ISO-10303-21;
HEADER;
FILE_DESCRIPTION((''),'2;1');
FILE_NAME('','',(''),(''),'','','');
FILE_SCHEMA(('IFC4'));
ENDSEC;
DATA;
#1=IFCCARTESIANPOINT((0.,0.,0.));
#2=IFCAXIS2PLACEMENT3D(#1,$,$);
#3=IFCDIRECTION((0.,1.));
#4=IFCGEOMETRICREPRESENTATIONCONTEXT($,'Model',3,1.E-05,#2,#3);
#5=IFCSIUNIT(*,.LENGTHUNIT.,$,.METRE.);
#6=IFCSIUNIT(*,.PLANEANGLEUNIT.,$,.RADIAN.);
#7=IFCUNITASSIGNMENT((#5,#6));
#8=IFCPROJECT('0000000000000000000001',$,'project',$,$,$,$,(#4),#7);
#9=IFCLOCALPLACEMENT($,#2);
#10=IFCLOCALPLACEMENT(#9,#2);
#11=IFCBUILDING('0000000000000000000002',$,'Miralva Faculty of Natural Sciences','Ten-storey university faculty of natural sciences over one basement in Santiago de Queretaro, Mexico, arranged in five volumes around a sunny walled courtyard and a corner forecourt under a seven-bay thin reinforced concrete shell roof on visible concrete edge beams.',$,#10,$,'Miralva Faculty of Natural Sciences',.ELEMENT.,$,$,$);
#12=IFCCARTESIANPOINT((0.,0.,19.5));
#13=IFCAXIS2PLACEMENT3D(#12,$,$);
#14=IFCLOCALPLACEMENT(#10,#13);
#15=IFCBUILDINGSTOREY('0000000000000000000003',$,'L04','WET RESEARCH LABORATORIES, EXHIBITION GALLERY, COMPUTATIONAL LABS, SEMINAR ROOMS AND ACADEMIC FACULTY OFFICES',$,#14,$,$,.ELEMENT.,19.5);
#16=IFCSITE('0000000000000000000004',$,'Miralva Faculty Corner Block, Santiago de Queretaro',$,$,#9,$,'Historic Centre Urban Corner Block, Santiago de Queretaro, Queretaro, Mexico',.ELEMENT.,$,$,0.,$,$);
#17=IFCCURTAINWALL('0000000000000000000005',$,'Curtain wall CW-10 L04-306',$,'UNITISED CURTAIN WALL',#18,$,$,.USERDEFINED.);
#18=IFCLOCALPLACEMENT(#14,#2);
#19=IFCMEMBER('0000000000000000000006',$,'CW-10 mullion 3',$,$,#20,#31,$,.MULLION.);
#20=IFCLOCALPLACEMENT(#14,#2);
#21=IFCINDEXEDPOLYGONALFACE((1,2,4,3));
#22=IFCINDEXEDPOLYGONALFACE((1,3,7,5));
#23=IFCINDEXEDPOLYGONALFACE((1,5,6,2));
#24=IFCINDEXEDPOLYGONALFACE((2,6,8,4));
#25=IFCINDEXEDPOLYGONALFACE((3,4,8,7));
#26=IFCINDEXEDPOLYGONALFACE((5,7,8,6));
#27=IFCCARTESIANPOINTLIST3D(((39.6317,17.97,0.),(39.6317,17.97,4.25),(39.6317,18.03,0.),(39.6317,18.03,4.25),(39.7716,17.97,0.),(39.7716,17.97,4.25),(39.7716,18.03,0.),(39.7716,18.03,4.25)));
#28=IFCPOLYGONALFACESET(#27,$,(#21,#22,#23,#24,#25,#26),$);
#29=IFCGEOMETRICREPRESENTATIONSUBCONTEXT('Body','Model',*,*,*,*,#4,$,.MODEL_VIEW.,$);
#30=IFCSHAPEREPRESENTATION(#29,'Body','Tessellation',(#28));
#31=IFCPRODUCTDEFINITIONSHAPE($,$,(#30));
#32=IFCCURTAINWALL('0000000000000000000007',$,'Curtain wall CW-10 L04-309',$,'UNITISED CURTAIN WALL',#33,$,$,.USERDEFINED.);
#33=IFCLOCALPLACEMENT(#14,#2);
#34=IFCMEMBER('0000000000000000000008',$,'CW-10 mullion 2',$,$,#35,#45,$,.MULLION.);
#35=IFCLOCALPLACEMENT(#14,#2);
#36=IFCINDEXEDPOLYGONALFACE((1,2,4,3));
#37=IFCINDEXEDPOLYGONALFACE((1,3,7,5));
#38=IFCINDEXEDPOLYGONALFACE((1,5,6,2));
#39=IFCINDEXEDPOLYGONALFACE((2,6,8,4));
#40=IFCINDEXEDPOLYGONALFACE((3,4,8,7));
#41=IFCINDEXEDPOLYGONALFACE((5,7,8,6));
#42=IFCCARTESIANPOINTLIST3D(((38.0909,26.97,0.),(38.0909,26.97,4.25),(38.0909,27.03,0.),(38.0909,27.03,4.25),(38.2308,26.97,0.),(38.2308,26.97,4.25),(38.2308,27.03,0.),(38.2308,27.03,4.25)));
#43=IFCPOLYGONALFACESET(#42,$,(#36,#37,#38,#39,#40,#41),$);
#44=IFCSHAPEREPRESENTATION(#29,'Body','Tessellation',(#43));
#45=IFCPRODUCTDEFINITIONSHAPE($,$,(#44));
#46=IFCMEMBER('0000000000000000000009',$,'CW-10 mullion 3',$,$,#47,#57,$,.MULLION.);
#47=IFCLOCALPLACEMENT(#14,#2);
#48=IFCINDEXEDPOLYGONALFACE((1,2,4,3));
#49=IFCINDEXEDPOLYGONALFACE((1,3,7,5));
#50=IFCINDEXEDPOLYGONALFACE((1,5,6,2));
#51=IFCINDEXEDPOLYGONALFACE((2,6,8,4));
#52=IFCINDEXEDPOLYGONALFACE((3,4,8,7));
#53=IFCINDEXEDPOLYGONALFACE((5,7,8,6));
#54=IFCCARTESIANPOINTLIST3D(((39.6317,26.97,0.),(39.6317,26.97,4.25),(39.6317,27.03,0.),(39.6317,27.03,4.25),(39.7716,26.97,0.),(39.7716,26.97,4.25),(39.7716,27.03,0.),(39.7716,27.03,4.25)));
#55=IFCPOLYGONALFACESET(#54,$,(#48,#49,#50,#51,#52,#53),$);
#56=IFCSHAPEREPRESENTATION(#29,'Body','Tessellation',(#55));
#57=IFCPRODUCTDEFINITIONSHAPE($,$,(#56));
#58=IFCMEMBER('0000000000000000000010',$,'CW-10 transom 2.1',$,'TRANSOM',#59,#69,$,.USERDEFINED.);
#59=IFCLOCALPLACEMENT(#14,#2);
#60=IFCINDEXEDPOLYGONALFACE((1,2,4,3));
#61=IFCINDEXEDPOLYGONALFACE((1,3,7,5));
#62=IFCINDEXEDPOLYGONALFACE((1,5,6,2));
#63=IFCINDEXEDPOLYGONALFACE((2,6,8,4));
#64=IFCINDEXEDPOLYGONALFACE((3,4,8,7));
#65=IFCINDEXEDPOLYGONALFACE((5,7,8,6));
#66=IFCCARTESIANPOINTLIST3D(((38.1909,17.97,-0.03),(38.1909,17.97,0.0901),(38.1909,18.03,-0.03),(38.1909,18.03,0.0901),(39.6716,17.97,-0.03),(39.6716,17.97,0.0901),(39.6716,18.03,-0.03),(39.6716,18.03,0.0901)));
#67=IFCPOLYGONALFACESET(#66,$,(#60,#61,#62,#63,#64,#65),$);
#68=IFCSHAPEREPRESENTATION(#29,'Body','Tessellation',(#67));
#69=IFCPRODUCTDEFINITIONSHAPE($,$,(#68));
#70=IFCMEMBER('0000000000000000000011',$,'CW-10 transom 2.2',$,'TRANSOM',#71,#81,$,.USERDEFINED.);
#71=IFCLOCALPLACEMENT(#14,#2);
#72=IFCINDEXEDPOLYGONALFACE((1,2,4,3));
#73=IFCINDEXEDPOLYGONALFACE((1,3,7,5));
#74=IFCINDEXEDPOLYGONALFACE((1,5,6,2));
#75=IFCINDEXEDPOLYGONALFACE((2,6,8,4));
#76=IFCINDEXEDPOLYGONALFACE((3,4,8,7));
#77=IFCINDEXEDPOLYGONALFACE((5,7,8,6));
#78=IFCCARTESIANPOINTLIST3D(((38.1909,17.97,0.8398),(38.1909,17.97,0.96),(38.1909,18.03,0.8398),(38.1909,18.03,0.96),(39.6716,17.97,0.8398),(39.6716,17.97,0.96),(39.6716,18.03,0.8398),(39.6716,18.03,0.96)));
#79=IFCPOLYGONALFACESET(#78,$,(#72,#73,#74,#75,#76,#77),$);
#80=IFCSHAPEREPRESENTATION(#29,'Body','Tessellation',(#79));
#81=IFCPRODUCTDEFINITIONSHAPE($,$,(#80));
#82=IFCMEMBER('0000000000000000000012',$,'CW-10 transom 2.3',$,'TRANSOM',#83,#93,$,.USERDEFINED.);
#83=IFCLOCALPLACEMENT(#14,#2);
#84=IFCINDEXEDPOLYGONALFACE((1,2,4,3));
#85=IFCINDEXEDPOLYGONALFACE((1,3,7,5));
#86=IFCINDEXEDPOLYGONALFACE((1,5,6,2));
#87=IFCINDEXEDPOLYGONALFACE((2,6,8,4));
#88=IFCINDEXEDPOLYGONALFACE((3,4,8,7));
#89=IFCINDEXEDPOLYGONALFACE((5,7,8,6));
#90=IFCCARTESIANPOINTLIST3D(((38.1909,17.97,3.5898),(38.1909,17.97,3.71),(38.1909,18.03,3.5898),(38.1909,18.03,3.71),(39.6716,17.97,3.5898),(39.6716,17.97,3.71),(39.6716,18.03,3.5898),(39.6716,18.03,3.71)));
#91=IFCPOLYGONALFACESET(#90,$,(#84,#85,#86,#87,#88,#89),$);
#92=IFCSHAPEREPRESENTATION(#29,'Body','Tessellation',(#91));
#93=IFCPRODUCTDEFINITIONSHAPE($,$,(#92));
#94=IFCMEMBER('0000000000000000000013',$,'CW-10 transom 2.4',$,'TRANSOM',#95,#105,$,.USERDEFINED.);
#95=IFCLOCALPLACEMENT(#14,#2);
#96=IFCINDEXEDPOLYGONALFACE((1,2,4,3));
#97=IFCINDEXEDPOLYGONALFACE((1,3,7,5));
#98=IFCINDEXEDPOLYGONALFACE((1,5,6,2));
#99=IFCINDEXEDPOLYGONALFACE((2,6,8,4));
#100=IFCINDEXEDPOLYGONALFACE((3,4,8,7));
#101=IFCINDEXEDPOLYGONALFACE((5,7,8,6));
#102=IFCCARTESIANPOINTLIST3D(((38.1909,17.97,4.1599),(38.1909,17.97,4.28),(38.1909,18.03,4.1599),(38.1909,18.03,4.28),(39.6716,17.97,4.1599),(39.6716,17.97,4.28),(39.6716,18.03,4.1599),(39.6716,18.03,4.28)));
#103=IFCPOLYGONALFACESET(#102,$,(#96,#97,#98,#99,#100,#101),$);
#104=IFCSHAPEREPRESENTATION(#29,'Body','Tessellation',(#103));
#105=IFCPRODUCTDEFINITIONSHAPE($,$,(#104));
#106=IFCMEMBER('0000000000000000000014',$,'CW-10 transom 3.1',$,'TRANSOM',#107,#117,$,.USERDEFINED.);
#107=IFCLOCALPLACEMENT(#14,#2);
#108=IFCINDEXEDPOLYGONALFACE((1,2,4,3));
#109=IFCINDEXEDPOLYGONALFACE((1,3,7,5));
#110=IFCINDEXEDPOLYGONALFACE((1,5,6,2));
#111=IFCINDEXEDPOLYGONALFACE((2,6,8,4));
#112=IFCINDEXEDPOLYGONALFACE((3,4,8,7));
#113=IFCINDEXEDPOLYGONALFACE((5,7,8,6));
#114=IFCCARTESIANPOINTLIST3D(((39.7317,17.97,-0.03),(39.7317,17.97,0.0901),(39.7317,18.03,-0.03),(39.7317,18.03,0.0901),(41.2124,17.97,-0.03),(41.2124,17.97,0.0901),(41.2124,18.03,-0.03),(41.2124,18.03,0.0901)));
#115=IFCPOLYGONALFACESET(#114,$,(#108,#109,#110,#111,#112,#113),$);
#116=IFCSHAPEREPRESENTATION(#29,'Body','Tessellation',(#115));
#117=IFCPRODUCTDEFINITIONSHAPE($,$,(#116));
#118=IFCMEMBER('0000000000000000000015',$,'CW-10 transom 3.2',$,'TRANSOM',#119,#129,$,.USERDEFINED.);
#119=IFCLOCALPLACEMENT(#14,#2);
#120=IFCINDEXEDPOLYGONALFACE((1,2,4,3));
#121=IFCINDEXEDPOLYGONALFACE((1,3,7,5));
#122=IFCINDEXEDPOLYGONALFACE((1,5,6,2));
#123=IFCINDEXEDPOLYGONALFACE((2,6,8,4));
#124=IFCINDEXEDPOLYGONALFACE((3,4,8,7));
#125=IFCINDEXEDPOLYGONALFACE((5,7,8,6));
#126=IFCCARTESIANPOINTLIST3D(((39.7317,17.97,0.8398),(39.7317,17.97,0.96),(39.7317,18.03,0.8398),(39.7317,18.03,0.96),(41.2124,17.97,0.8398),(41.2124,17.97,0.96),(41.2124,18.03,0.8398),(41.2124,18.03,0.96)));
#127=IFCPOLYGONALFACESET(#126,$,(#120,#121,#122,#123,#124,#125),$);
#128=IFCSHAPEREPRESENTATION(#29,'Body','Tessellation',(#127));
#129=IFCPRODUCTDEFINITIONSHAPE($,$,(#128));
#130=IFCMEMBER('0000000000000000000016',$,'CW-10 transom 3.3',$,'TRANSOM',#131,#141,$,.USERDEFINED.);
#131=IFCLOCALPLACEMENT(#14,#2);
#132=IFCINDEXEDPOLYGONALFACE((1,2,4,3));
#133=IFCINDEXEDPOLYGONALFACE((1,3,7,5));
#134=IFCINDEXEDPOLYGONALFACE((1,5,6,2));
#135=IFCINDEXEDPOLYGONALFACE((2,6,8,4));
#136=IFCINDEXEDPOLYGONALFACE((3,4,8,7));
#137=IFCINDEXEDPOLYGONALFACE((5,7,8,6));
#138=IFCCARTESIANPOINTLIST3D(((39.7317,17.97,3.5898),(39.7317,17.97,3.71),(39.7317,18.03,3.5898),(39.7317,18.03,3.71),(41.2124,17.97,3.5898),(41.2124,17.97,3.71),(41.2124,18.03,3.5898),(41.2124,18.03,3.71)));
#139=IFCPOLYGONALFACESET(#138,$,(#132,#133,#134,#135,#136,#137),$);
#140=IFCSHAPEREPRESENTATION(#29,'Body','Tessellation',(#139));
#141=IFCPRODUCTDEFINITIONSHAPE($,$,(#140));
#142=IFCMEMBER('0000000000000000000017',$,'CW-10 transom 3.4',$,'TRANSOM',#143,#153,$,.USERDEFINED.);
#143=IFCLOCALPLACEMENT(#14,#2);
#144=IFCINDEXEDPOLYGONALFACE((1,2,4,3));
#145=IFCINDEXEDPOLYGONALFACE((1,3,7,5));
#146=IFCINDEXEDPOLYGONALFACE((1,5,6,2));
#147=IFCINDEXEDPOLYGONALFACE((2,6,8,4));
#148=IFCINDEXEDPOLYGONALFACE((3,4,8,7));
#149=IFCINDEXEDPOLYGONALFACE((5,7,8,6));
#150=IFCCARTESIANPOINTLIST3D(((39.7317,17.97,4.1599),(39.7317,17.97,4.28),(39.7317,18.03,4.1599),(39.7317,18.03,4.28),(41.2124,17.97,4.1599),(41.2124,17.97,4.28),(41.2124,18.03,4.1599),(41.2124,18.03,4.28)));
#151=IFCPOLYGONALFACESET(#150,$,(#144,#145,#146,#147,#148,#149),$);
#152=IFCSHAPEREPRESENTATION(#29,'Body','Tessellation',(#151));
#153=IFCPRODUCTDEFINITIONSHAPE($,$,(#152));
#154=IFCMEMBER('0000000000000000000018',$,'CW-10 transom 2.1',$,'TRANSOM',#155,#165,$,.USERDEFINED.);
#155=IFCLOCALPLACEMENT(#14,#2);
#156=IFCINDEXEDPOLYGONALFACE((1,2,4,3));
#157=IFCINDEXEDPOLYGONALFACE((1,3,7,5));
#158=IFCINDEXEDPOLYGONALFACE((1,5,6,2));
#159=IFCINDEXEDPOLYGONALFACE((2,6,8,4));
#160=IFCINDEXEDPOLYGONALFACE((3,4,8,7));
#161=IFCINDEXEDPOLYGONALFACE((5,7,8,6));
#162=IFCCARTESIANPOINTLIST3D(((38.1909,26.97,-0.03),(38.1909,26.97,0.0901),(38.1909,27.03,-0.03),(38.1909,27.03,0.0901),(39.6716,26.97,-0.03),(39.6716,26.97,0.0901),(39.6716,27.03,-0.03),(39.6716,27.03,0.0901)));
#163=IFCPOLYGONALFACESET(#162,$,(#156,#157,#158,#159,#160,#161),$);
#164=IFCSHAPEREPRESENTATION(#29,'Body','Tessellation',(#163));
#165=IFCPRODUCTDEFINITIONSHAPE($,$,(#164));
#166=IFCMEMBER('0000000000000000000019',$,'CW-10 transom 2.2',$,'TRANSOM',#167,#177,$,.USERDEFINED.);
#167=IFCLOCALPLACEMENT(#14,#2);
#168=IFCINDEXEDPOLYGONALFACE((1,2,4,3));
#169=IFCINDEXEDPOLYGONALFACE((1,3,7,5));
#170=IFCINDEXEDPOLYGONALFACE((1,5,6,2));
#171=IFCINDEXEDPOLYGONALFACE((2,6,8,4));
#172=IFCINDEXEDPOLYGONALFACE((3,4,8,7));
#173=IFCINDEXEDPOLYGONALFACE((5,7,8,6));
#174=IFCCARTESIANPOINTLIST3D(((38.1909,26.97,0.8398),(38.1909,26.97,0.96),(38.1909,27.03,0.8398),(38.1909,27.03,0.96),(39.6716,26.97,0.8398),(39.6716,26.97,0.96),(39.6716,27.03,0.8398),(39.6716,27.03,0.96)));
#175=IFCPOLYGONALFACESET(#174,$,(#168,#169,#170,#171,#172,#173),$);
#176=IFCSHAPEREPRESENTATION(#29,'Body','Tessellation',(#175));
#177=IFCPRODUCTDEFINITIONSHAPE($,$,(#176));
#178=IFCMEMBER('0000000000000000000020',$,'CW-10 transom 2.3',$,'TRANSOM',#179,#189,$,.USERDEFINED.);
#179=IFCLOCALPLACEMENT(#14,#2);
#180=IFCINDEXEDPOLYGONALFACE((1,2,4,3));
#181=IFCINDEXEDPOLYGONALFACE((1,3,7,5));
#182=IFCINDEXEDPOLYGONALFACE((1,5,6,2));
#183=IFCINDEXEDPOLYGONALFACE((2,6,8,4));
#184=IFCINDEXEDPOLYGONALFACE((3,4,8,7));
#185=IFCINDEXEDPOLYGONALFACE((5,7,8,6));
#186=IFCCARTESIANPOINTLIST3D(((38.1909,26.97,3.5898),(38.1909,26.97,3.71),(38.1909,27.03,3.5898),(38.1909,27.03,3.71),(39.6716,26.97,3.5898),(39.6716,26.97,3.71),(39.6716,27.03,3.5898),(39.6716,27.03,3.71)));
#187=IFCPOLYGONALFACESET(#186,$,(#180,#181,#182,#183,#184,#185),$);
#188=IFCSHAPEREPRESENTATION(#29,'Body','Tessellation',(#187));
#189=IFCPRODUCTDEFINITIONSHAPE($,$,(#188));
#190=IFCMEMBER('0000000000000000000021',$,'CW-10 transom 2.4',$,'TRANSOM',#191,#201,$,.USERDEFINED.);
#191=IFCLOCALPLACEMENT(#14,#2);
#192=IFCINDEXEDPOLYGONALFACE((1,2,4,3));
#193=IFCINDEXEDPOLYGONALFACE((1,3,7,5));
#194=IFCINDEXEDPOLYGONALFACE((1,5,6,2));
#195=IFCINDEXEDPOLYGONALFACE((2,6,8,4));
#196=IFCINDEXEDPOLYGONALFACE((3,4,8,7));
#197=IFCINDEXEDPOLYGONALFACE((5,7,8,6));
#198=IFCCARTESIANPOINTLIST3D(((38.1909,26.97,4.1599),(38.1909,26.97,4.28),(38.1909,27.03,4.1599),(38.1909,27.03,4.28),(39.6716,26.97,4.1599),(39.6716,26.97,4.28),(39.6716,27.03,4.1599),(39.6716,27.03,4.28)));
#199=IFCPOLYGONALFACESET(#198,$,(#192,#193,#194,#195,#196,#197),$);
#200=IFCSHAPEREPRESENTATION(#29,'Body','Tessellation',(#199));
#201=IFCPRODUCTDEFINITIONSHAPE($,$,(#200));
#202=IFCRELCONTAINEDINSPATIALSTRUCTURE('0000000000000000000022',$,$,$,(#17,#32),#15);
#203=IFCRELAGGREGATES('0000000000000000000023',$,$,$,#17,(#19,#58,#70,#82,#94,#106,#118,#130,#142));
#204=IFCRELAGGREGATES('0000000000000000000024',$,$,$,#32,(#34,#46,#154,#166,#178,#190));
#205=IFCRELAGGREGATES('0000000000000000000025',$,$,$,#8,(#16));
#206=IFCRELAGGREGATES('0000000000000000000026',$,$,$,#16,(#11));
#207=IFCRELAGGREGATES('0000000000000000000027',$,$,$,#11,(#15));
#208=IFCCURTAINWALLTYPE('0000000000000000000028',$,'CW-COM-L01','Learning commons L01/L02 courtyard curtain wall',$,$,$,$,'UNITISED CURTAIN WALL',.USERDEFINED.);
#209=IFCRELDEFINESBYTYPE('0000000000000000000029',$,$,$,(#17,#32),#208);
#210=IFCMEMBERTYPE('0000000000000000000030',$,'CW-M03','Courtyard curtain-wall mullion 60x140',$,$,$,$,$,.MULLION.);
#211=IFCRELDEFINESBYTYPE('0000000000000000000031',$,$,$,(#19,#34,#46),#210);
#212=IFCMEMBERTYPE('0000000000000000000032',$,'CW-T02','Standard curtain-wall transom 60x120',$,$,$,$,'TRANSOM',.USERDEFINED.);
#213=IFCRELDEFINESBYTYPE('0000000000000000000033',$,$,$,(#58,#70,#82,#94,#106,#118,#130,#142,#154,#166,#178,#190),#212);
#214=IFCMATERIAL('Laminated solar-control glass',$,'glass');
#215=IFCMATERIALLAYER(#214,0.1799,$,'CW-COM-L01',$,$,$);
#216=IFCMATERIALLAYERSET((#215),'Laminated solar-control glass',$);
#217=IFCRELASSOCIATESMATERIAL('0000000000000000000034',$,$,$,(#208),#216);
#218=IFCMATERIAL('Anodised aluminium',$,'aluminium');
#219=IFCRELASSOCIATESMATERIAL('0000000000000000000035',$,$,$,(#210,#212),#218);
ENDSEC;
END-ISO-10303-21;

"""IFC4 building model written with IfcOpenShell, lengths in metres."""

from ifc_helpers import new_model, si_unit, direction, frame, origin, origin_2d, place, context, subcontext, project, spatial, rectangle, extrude, material, layer, layer_set, material_profile, profile_set, type_object, element, aggregate, save


model = new_model("IFC4")

# Units and contexts
model_context = context("Model", 3, precision=1e-05, world=origin(), true_north=direction((0.0, 1.0)))
body_context = subcontext(model_context, "Body", "Model", "MODEL_VIEW")
ifc_project = project(units=[si_unit("LENGTHUNIT", "METRE"), si_unit("PLANEANGLEUNIT", "RADIAN")], contexts=[model_context])

# Site, building, storey
site_placement = place(None, origin())
site = spatial("IfcSite", under=ifc_project, at=site_placement, Name="Miralva Faculty Corner Block, Santiago de Queretaro", LongName="Historic Centre Urban Corner Block, Santiago de Queretaro, Queretaro, Mexico", CompositionType="ELEMENT", RefElevation=0.0)
building_placement = place(site_placement, origin())
building = spatial("IfcBuilding", under=site, at=building_placement, Name="Miralva Faculty of Natural Sciences", Description="Ten-storey university faculty of natural sciences over one basement in Santiago de Queretaro, Mexico, arranged in five volumes around a sunny walled courtyard and a corner forecourt under a seven-bay thin reinforced concrete shell roof on visible concrete edge beams.", LongName="Miralva Faculty of Natural Sciences", CompositionType="ELEMENT")
storey_placement = place(building_placement, frame((0.0, 0.0, 19.5)))
storey = spatial("IfcBuildingStorey", under=building, at=storey_placement, Name="L04", Description="WET RESEARCH LABORATORIES, EXHIBITION GALLERY, COMPUTATIONAL LABS, SEMINAR ROOMS AND ACADEMIC FACULTY OFFICES", CompositionType="ELEMENT", Elevation=19.5)

# Curtain wall, member
ifc_material_1 = material(Name="Laminated solar-control glass", Category="glass")
ifc_layer_1 = layer(ifc_material_1, 0.1799, Name="CW-COM-L01")
ifc_layer_set_1 = layer_set([ifc_layer_1], Name="Laminated solar-control glass")
curtain_wall_type = type_object("IfcCurtainWallType", Name="CW-COM-L01", Description="Learning commons L01/L02 courtyard curtain wall", ElementType="UNITISED CURTAIN WALL", PredefinedType="USERDEFINED", material=ifc_layer_set_1)
curtain_wall_1_placement = place(storey_placement, origin())
curtain_wall_1 = element("IfcCurtainWall", 1, at=curtain_wall_1_placement, inside=storey, type_object=curtain_wall_type, Name="Curtain wall CW-10 L04-306", ObjectType="UNITISED CURTAIN WALL", PredefinedType="USERDEFINED")
ifc_material_2 = material(Name="Anodised aluminium", Category="aluminium")
ifc_material_profile_1 = material_profile(ifc_material_2, rectangle(XDim=0.0601, YDim=0.1399, at=origin_2d()), Name="MULLION 60x140")
ifc_profile_set_1 = profile_set([ifc_material_profile_1], Name="Anodised aluminium")
member_type_1 = type_object("IfcMemberType", Name="CW-M03", Description="Courtyard curtain-wall mullion 60x140", PredefinedType="MULLION", material=ifc_profile_set_1)
member_1_placement = place(storey_placement, frame((39.7017, 18.0, 0.0), z_axis=(0.0, 0.0, 1.0), x_axis=(0.0, 1.0, 0.0)))
member_1 = element("IfcMember", 2, at=member_1_placement, type_object=member_type_1, Name="CW-10 mullion 3", PredefinedType="MULLION", context=body_context, shape_type="SweptSolid", body=[
    extrude(rectangle(XDim=0.0601, YDim=0.1399, at=origin_2d()), origin(), (0.0, 0.0, 1.0), 4.25),
])

# Curtain wall, members
curtain_wall_2_placement = place(storey_placement, origin())
curtain_wall_2 = element("IfcCurtainWall", 3, at=curtain_wall_2_placement, inside=storey, type_object=curtain_wall_type, Name="Curtain wall CW-10 L04-309", ObjectType="UNITISED CURTAIN WALL", PredefinedType="USERDEFINED")
member_2_placement = place(storey_placement, frame((38.1609, 27.0, 0.0), z_axis=(0.0, 0.0, 1.0), x_axis=(0.0, 1.0, 0.0)))
member_2 = element("IfcMember", 4, at=member_2_placement, type_object=member_type_1, Name="CW-10 mullion 2", PredefinedType="MULLION", context=body_context, shape_type="SweptSolid", body=[
    extrude(rectangle(XDim=0.0601, YDim=0.1399, at=origin_2d()), origin(), (0.0, 0.0, 1.0), 4.25),
])
member_3_placement = place(storey_placement, frame((39.7017, 27.0, 0.0), z_axis=(0.0, 0.0, 1.0), x_axis=(0.0, 1.0, 0.0)))
member_3 = element("IfcMember", 5, at=member_3_placement, type_object=member_type_1, Name="CW-10 mullion 3", PredefinedType="MULLION", context=body_context, shape_type="SweptSolid", body=[
    extrude(rectangle(XDim=0.0601, YDim=0.1399, at=origin_2d()), origin(), (0.0, 0.0, 1.0), 4.25),
])

# Members
ifc_material_profile_2 = material_profile(ifc_material_2, rectangle(XDim=0.0601, YDim=0.1201, at=origin_2d()), Name="TRANSOM 60x120")
ifc_profile_set_2 = profile_set([ifc_material_profile_2], Name="Anodised aluminium")
member_type_2 = type_object("IfcMemberType", Name="CW-T02", Description="Standard curtain-wall transom 60x120", ElementType="TRANSOM", PredefinedType="USERDEFINED", material=ifc_profile_set_2)
member_4_placement = place(storey_placement, frame((38.1909, 18.0, 0.03), z_axis=(1.0, 0.0, 0.0), x_axis=(0.0, 1.0, 0.0)))
member_4 = element("IfcMember", 6, at=member_4_placement, type_object=member_type_2, Name="CW-10 transom 2.1", ObjectType="TRANSOM", PredefinedType="USERDEFINED", context=body_context, shape_type="SweptSolid", body=[
    extrude(rectangle(XDim=0.0601, YDim=0.1201, at=origin_2d()), origin(), (0.0, 0.0, 1.0), 1.4807),
])
member_5_placement = place(storey_placement, frame((38.1909, 18.0, 0.8999), z_axis=(1.0, 0.0, 0.0), x_axis=(0.0, 1.0, 0.0)))
member_5 = element("IfcMember", 7, at=member_5_placement, type_object=member_type_2, Name="CW-10 transom 2.2", ObjectType="TRANSOM", PredefinedType="USERDEFINED", context=body_context, shape_type="SweptSolid", body=[
    extrude(rectangle(XDim=0.0601, YDim=0.1201, at=origin_2d()), origin(), (0.0, 0.0, 1.0), 1.4807),
])
member_6_placement = place(storey_placement, frame((38.1909, 18.0, 3.6499), z_axis=(1.0, 0.0, 0.0), x_axis=(0.0, 1.0, 0.0)))
member_6 = element("IfcMember", 8, at=member_6_placement, type_object=member_type_2, Name="CW-10 transom 2.3", ObjectType="TRANSOM", PredefinedType="USERDEFINED", context=body_context, shape_type="SweptSolid", body=[
    extrude(rectangle(XDim=0.0601, YDim=0.1201, at=origin_2d()), origin(), (0.0, 0.0, 1.0), 1.4807),
])
member_7_placement = place(storey_placement, frame((38.1909, 18.0, 4.22), z_axis=(1.0, 0.0, 0.0), x_axis=(0.0, 1.0, 0.0)))
member_7 = element("IfcMember", 9, at=member_7_placement, type_object=member_type_2, Name="CW-10 transom 2.4", ObjectType="TRANSOM", PredefinedType="USERDEFINED", context=body_context, shape_type="SweptSolid", body=[
    extrude(rectangle(XDim=0.0601, YDim=0.1201, at=origin_2d()), origin(), (0.0, 0.0, 1.0), 1.4807),
])
member_8_placement = place(storey_placement, frame((39.7317, 18.0, 0.03), z_axis=(1.0, 0.0, 0.0), x_axis=(0.0, 1.0, 0.0)))
member_8 = element("IfcMember", 10, at=member_8_placement, type_object=member_type_2, Name="CW-10 transom 3.1", ObjectType="TRANSOM", PredefinedType="USERDEFINED", context=body_context, shape_type="SweptSolid", body=[
    extrude(rectangle(XDim=0.0601, YDim=0.1201, at=origin_2d()), origin(), (0.0, 0.0, 1.0), 1.4807),
])
member_9_placement = place(storey_placement, frame((39.7317, 18.0, 0.8999), z_axis=(1.0, 0.0, 0.0), x_axis=(0.0, 1.0, 0.0)))
member_9 = element("IfcMember", 11, at=member_9_placement, type_object=member_type_2, Name="CW-10 transom 3.2", ObjectType="TRANSOM", PredefinedType="USERDEFINED", context=body_context, shape_type="SweptSolid", body=[
    extrude(rectangle(XDim=0.0601, YDim=0.1201, at=origin_2d()), origin(), (0.0, 0.0, 1.0), 1.4807),
])
member_10_placement = place(storey_placement, frame((39.7317, 18.0, 3.6499), z_axis=(1.0, 0.0, 0.0), x_axis=(0.0, 1.0, 0.0)))
member_10 = element("IfcMember", 12, at=member_10_placement, type_object=member_type_2, Name="CW-10 transom 3.3", ObjectType="TRANSOM", PredefinedType="USERDEFINED", context=body_context, shape_type="SweptSolid", body=[
    extrude(rectangle(XDim=0.0601, YDim=0.1201, at=origin_2d()), origin(), (0.0, 0.0, 1.0), 1.4807),
])
member_11_placement = place(storey_placement, frame((39.7317, 18.0, 4.22), z_axis=(1.0, 0.0, 0.0), x_axis=(0.0, 1.0, 0.0)))
member_11 = element("IfcMember", 13, at=member_11_placement, type_object=member_type_2, Name="CW-10 transom 3.4", ObjectType="TRANSOM", PredefinedType="USERDEFINED", context=body_context, shape_type="SweptSolid", body=[
    extrude(rectangle(XDim=0.0601, YDim=0.1201, at=origin_2d()), origin(), (0.0, 0.0, 1.0), 1.4807),
])
member_12_placement = place(storey_placement, frame((38.1909, 27.0, 0.03), z_axis=(1.0, 0.0, 0.0), x_axis=(0.0, 1.0, 0.0)))
member_12 = element("IfcMember", 14, at=member_12_placement, type_object=member_type_2, Name="CW-10 transom 2.1", ObjectType="TRANSOM", PredefinedType="USERDEFINED", context=body_context, shape_type="SweptSolid", body=[
    extrude(rectangle(XDim=0.0601, YDim=0.1201, at=origin_2d()), origin(), (0.0, 0.0, 1.0), 1.4807),
])
member_13_placement = place(storey_placement, frame((38.1909, 27.0, 0.8999), z_axis=(1.0, 0.0, 0.0), x_axis=(0.0, 1.0, 0.0)))
member_13 = element("IfcMember", 15, at=member_13_placement, type_object=member_type_2, Name="CW-10 transom 2.2", ObjectType="TRANSOM", PredefinedType="USERDEFINED", context=body_context, shape_type="SweptSolid", body=[
    extrude(rectangle(XDim=0.0601, YDim=0.1201, at=origin_2d()), origin(), (0.0, 0.0, 1.0), 1.4807),
])
member_14_placement = place(storey_placement, frame((38.1909, 27.0, 3.6499), z_axis=(1.0, 0.0, 0.0), x_axis=(0.0, 1.0, 0.0)))
member_14 = element("IfcMember", 16, at=member_14_placement, type_object=member_type_2, Name="CW-10 transom 2.3", ObjectType="TRANSOM", PredefinedType="USERDEFINED", context=body_context, shape_type="SweptSolid", body=[
    extrude(rectangle(XDim=0.0601, YDim=0.1201, at=origin_2d()), origin(), (0.0, 0.0, 1.0), 1.4807),
])
member_15_placement = place(storey_placement, frame((38.1909, 27.0, 4.22), z_axis=(1.0, 0.0, 0.0), x_axis=(0.0, 1.0, 0.0)))
member_15 = element("IfcMember", 17, at=member_15_placement, type_object=member_type_2, Name="CW-10 transom 2.4", ObjectType="TRANSOM", PredefinedType="USERDEFINED", context=body_context, shape_type="SweptSolid", body=[
    extrude(rectangle(XDim=0.0601, YDim=0.1201, at=origin_2d()), origin(), (0.0, 0.0, 1.0), 1.4807),
])

aggregate(curtain_wall_1, [member_1, member_4, member_5, member_6, member_7, member_8, member_9, member_10, member_11])
aggregate(curtain_wall_2, [member_2, member_3, member_12, member_13, member_14, member_15])

save(model, "model.ifc")
